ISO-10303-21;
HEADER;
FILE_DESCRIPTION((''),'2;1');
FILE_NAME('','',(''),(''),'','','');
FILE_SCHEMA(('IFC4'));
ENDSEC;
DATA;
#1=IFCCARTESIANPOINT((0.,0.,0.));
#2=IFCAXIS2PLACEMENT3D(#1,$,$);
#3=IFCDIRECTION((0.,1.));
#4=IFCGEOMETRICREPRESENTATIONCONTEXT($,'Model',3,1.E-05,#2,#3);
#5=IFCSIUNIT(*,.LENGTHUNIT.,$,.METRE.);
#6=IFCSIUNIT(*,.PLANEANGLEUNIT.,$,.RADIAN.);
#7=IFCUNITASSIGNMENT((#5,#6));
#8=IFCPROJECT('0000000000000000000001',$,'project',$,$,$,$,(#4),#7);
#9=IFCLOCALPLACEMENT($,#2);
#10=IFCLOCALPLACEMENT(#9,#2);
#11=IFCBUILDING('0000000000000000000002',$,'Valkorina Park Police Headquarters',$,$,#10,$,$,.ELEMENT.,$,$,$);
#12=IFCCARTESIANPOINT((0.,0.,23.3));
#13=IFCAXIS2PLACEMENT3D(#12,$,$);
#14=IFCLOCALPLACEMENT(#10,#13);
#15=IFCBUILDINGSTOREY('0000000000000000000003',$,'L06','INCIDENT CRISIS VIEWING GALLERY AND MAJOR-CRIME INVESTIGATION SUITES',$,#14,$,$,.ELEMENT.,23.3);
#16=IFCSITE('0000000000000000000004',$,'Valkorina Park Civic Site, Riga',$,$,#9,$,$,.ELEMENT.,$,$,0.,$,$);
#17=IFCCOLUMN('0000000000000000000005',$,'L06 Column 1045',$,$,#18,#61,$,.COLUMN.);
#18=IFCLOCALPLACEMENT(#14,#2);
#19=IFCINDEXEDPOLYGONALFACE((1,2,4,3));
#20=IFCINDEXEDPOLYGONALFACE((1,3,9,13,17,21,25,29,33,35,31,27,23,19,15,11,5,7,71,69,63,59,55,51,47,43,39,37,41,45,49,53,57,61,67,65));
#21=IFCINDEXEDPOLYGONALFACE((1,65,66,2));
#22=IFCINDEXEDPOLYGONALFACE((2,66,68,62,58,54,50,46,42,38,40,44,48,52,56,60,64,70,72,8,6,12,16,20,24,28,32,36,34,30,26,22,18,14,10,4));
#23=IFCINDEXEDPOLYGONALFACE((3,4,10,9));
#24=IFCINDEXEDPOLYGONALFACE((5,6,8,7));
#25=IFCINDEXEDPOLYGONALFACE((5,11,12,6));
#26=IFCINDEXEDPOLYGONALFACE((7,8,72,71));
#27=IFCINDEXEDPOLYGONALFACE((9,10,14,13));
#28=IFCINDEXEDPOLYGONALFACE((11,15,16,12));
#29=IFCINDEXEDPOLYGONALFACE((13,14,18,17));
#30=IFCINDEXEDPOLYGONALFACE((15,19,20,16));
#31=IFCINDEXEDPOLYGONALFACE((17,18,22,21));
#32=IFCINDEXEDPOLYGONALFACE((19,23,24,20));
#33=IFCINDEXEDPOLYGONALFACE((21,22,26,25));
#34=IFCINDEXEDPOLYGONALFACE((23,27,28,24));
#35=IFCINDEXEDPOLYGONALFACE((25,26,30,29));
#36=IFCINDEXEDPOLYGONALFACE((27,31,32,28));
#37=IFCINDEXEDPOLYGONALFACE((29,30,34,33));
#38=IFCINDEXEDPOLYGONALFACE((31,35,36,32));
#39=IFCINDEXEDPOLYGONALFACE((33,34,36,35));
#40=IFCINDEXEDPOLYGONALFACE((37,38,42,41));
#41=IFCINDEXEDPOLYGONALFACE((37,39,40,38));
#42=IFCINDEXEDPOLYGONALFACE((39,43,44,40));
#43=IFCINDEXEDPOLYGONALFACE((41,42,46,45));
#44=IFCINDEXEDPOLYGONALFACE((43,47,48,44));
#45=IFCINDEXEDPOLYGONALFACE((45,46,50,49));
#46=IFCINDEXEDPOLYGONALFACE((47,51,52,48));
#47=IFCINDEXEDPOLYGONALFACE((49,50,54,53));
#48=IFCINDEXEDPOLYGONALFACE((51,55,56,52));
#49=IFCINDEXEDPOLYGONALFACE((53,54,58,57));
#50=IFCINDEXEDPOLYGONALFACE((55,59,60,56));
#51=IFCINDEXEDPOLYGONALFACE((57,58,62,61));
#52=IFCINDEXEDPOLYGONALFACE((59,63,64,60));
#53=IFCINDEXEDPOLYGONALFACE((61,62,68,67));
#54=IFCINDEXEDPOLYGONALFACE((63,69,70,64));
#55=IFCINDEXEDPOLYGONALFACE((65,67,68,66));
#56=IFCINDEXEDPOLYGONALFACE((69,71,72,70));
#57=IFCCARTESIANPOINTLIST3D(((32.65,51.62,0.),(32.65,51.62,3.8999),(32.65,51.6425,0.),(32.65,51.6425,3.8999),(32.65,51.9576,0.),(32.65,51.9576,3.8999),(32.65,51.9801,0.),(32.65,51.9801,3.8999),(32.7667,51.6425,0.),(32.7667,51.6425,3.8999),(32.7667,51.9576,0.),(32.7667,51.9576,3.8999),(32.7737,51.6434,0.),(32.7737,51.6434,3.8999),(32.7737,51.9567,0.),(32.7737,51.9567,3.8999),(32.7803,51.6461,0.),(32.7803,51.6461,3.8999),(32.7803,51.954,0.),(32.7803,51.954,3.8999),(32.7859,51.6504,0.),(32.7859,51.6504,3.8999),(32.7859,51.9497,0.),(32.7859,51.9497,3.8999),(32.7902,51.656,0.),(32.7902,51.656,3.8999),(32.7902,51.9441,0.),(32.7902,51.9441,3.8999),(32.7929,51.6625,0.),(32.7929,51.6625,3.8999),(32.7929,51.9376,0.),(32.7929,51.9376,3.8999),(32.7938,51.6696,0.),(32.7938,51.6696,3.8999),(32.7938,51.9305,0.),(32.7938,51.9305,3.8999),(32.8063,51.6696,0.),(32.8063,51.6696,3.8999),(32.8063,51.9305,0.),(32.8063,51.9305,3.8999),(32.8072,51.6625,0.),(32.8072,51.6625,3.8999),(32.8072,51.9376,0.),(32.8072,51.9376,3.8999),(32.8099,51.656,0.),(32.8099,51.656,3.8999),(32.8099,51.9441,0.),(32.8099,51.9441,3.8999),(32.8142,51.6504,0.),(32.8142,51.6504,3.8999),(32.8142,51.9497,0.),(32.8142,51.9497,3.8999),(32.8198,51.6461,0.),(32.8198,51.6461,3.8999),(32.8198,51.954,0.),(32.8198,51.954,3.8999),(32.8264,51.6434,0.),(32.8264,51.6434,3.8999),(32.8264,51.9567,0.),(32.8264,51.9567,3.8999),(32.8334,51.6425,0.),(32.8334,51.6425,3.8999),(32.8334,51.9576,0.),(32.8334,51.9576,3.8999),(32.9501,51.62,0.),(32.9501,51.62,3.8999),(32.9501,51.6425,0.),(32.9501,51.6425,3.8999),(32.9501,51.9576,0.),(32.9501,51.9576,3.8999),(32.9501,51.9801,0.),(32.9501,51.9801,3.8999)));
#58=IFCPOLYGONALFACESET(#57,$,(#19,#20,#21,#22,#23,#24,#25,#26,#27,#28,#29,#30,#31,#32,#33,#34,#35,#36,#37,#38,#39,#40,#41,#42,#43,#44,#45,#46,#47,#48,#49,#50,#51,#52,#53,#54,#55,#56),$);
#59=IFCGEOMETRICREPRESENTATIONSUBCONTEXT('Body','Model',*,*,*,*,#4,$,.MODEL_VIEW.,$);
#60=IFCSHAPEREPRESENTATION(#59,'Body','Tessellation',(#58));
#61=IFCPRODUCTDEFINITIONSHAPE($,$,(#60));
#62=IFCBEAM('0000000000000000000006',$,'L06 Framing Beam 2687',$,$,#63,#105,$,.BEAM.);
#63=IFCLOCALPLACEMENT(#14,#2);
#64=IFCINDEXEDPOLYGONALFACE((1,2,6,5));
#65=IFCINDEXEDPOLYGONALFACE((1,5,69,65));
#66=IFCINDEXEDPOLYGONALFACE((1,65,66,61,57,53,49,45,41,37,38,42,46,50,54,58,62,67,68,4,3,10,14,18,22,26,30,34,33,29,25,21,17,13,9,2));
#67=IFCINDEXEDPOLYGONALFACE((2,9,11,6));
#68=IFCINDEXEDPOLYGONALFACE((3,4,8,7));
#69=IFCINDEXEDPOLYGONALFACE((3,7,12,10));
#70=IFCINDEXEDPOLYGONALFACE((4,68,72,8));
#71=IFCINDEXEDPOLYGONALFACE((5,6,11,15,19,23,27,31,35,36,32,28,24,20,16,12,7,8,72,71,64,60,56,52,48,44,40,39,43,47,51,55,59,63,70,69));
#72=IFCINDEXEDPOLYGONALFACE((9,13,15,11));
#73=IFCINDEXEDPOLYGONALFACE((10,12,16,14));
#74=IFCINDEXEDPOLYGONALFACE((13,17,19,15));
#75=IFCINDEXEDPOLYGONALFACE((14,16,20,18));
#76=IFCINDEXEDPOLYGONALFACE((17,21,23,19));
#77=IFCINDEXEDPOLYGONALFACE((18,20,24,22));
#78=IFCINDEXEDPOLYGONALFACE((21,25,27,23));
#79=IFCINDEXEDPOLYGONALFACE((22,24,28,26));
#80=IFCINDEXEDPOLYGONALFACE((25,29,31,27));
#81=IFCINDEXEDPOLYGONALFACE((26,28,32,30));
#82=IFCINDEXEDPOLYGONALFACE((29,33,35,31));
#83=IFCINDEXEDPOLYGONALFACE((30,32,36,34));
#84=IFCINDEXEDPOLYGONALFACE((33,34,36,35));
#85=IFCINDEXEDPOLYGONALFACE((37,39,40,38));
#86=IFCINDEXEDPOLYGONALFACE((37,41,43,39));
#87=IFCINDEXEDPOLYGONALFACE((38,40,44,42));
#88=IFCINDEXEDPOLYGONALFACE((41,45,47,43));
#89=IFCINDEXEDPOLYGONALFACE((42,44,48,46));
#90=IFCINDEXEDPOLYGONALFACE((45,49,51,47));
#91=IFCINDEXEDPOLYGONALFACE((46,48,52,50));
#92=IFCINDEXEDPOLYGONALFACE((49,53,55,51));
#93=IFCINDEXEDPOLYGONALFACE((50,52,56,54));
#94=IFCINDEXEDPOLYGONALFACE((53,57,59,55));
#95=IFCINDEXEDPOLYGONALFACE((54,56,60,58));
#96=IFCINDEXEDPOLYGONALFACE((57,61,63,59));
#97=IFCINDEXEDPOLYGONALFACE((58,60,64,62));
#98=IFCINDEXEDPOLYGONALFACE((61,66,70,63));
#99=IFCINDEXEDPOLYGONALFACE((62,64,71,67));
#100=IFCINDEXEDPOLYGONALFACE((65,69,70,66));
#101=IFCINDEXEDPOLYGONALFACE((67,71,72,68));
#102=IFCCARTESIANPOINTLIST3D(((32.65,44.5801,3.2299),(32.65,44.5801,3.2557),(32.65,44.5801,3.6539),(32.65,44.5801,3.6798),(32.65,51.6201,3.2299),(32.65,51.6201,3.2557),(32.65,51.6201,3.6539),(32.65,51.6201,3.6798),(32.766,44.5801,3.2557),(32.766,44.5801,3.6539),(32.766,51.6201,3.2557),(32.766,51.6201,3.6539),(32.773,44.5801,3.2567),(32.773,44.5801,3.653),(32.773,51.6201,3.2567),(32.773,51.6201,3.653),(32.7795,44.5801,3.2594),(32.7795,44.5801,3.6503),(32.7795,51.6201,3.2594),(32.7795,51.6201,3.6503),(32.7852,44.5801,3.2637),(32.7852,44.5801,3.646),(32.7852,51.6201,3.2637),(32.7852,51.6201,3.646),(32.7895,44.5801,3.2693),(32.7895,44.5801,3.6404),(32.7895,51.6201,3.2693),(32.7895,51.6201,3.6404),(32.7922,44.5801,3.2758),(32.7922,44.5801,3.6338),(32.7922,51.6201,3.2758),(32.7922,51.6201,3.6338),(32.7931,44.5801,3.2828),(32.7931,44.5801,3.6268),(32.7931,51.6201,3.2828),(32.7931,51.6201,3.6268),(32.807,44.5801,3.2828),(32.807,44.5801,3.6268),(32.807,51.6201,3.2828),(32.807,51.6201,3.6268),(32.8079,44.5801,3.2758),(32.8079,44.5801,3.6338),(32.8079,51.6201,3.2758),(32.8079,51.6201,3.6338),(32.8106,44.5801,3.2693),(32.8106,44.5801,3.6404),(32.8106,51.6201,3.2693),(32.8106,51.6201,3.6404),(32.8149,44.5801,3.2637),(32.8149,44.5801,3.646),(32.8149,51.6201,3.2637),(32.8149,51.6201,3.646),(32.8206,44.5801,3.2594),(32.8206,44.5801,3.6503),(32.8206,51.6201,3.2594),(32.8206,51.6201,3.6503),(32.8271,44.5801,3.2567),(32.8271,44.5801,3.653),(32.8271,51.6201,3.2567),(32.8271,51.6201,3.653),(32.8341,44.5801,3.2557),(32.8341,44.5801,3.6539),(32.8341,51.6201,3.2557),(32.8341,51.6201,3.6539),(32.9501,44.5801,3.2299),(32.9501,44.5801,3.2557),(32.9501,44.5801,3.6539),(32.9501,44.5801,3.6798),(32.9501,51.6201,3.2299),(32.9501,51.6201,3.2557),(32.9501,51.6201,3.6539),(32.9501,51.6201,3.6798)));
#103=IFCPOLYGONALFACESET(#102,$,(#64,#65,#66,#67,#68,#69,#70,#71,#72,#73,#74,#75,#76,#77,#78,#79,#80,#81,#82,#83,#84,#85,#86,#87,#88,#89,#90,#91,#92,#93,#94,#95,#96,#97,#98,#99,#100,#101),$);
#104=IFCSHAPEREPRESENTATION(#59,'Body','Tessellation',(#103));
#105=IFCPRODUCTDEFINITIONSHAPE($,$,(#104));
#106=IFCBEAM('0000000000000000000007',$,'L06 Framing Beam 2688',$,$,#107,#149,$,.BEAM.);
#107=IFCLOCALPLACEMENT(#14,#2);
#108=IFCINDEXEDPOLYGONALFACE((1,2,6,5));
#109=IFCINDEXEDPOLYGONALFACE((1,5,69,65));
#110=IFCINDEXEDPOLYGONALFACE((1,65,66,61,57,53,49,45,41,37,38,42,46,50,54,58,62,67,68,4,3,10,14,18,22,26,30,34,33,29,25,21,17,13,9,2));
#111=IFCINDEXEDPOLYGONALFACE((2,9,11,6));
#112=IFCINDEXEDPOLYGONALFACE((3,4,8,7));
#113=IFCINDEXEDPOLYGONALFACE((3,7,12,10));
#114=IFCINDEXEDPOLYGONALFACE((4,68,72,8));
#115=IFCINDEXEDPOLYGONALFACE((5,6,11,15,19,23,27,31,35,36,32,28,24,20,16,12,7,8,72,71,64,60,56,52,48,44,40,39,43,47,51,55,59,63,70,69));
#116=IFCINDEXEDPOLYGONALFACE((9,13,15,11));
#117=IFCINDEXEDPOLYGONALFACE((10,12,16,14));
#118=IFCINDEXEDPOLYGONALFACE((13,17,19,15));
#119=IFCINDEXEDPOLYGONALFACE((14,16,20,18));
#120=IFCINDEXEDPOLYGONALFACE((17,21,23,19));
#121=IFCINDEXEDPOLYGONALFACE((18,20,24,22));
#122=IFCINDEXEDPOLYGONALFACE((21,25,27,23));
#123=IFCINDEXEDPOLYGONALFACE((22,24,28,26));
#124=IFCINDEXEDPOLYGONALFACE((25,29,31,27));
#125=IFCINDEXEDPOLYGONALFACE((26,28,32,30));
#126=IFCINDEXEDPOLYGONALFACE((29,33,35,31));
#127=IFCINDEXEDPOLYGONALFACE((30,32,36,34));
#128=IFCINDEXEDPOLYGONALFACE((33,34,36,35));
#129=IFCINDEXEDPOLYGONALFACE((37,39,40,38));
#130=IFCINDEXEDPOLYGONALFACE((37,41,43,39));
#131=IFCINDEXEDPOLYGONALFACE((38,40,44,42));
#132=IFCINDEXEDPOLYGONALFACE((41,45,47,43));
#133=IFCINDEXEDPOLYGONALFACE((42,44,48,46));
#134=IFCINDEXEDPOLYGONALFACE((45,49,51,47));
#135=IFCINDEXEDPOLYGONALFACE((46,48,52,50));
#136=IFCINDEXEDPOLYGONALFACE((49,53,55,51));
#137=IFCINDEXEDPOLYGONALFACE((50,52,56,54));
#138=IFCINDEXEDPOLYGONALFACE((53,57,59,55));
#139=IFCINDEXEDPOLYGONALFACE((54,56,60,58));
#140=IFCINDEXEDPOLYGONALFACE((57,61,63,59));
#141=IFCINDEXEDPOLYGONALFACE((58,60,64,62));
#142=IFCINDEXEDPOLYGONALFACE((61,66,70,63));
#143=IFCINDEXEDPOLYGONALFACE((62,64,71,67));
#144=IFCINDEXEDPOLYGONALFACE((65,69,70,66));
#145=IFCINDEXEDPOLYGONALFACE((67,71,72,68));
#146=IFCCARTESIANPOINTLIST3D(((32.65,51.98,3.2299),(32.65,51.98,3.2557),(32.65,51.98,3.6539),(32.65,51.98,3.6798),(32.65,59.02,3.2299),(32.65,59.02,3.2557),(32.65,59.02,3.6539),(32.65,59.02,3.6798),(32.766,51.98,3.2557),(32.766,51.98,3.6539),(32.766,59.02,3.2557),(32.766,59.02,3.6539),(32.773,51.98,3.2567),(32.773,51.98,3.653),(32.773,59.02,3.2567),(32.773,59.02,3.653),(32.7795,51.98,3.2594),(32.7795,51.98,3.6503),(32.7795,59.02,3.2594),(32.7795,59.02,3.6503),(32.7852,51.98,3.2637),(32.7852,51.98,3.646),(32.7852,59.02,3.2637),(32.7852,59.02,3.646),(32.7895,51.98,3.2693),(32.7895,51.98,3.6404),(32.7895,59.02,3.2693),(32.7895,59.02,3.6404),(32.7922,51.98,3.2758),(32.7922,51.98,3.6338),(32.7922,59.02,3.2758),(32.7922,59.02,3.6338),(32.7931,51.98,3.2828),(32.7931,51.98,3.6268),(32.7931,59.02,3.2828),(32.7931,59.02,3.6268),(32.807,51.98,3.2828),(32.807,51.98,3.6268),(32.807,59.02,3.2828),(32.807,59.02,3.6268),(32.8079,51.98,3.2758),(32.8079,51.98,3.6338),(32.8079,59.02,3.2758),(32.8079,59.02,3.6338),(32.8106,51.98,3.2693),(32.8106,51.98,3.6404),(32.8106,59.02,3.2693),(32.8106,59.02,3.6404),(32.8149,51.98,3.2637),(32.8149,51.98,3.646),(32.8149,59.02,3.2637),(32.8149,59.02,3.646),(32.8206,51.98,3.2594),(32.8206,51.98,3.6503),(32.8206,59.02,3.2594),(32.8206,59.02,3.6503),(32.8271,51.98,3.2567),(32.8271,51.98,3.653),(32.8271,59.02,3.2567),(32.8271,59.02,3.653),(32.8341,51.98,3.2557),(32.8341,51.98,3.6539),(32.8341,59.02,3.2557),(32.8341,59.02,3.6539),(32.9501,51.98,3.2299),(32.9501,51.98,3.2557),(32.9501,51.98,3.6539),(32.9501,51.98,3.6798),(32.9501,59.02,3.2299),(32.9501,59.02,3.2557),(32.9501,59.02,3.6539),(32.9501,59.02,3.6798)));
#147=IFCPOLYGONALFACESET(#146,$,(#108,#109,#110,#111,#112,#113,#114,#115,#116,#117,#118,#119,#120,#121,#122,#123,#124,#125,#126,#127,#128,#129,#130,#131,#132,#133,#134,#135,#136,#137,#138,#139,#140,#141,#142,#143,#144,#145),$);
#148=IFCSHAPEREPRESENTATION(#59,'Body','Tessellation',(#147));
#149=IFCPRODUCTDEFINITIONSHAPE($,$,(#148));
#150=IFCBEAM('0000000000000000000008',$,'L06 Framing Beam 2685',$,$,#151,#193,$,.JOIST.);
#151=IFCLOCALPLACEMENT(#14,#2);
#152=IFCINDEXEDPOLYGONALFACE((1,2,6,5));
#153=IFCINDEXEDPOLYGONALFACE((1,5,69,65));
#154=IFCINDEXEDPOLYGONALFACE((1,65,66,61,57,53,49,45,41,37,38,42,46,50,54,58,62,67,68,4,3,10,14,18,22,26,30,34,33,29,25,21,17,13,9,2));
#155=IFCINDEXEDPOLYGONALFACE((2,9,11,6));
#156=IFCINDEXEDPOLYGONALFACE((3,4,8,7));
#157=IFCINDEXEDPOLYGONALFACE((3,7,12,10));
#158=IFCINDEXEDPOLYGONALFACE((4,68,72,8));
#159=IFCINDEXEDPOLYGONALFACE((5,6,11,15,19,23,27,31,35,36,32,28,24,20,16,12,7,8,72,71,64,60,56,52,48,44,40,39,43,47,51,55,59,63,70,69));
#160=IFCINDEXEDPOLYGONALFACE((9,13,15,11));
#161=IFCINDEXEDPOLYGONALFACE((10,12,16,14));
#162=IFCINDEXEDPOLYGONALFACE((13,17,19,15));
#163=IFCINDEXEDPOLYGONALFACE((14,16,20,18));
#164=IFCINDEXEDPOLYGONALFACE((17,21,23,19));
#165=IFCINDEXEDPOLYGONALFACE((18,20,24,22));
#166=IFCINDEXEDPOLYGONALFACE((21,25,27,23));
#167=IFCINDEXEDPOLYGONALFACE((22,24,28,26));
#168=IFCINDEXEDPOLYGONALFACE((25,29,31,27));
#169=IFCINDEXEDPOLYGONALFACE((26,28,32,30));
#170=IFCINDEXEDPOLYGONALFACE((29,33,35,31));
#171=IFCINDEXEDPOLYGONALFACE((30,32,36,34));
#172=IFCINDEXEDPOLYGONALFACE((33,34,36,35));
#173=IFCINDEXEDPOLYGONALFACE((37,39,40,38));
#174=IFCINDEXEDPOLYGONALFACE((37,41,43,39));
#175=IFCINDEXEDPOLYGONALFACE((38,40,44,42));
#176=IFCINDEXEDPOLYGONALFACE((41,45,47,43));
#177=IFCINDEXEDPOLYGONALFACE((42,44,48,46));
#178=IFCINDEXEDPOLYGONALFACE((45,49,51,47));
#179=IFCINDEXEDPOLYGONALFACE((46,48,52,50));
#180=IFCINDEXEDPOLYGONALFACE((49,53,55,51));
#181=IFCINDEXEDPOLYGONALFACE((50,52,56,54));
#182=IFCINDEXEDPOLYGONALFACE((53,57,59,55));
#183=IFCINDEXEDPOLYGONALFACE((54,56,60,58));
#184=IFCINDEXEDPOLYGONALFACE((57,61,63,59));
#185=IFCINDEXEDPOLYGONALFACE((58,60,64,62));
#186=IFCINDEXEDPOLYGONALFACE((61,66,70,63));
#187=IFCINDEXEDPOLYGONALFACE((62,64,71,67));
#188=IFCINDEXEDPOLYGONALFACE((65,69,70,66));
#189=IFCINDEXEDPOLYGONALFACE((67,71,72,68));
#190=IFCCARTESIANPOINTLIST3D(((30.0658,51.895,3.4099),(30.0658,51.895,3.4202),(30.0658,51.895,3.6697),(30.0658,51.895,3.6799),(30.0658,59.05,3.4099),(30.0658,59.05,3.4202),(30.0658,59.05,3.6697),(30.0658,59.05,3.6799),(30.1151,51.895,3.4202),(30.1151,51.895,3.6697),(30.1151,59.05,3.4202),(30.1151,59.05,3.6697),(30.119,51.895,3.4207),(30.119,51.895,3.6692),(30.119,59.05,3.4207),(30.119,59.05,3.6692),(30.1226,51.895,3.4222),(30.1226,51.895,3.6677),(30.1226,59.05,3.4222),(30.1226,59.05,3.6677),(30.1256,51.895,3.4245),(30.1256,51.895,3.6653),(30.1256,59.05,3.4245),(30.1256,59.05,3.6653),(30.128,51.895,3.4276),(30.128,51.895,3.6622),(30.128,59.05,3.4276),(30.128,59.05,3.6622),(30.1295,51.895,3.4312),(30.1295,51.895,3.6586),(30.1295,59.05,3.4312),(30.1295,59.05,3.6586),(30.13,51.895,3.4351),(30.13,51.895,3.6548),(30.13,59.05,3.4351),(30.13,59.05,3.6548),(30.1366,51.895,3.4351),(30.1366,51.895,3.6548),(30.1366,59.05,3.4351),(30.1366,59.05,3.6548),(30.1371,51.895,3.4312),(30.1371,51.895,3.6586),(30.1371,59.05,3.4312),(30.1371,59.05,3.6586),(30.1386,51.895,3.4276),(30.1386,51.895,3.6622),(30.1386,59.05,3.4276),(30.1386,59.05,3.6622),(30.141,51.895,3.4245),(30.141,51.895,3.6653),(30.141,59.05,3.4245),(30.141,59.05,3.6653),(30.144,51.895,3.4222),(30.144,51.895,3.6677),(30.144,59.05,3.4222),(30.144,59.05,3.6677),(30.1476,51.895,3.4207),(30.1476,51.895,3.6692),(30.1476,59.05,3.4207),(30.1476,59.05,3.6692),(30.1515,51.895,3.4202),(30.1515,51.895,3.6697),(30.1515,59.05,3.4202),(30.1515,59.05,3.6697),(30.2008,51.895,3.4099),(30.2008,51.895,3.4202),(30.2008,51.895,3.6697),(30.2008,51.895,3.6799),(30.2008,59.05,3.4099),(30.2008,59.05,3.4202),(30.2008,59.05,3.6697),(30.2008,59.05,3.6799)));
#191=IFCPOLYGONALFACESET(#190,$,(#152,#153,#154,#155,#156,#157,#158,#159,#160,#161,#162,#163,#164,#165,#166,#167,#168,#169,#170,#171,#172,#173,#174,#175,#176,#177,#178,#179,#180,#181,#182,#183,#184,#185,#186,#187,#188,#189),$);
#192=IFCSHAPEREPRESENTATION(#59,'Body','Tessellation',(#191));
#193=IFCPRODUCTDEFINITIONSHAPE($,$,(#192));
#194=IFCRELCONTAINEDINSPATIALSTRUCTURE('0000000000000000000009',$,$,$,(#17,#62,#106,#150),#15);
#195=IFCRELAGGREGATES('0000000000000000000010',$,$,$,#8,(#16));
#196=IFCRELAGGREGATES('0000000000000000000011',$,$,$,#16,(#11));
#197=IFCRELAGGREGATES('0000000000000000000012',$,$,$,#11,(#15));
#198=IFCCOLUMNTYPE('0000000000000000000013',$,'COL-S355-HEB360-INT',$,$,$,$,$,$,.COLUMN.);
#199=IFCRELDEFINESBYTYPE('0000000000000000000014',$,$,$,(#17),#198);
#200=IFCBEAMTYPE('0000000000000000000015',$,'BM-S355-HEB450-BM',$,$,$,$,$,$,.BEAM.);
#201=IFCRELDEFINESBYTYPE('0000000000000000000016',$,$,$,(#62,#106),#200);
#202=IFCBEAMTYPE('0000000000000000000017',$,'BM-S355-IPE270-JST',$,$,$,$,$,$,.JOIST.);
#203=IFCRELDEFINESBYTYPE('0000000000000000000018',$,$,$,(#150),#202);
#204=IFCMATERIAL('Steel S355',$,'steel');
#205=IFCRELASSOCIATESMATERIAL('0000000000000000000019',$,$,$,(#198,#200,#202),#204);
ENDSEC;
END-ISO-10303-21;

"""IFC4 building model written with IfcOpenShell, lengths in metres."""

from ifc_helpers import new_model, si_unit, direction, frame, origin, origin_2d, place, context, subcontext, project, spatial, i_section, extrude, material, material_profile, profile_set, type_object, element, save


model = new_model("IFC4")

# Units and contexts
model_context = context("Model", 3, precision=1e-05, world=origin(), true_north=direction((0.0, 1.0)))
body_context = subcontext(model_context, "Body", "Model", "MODEL_VIEW")
ifc_project = project(units=[si_unit("LENGTHUNIT", "METRE"), si_unit("PLANEANGLEUNIT", "RADIAN")], contexts=[model_context])

# Site, building, storey
site_placement = place(None, origin())
site = spatial("IfcSite", under=ifc_project, at=site_placement, Name="Valkorina Park Civic Site, Riga", CompositionType="ELEMENT", RefElevation=0.0)
building_placement = place(site_placement, origin())
building = spatial("IfcBuilding", under=site, at=building_placement, Name="Valkorina Park Police Headquarters", CompositionType="ELEMENT")
storey_placement = place(building_placement, frame((0.0, 0.0, 23.3)))
storey = spatial("IfcBuildingStorey", under=building, at=storey_placement, Name="L06", Description="INCIDENT CRISIS VIEWING GALLERY AND MAJOR-CRIME INVESTIGATION SUITES", CompositionType="ELEMENT", Elevation=23.3)

# Column
ifc_material_1 = material(Name="Steel S355", Category="steel")
ifc_material_profile_1 = material_profile(ifc_material_1, i_section(OverallWidth=0.3, OverallDepth=0.3601, WebThickness=0.0125, FlangeThickness=0.0225, FilletRadius=0.0271, at=origin_2d()), Name="HEB 360")
ifc_profile_set_1 = profile_set([ifc_material_profile_1], Name="Steel S355")
column_type = type_object("IfcColumnType", Name="COL-S355-HEB360-INT", PredefinedType="COLUMN", material=ifc_profile_set_1)
column_placement = place(storey_placement, frame((32.8, 51.8, 0.0), z_axis=(0.0, 0.0, 1.0), x_axis=(1.0, 0.0, 0.0)))
element("IfcColumn", 1, at=column_placement, inside=storey, type_object=column_type, Name="L06 Column 1045", PredefinedType="COLUMN", context=body_context, shape_type="SweptSolid", body=[
    extrude(i_section(OverallWidth=0.3, OverallDepth=0.3601, WebThickness=0.0125, FlangeThickness=0.0225, FilletRadius=0.0271, at=origin_2d()), origin(), (0.0, 0.0, 1.0), 3.8999),
])

# Beams
ifc_material_profile_2 = material_profile(ifc_material_1, i_section(OverallWidth=0.3, OverallDepth=0.45, WebThickness=0.0139, FlangeThickness=0.0259, FilletRadius=0.0271, at=origin_2d()), Name="HEB 450")
ifc_profile_set_2 = profile_set([ifc_material_profile_2], Name="Steel S355")
beam_type_1 = type_object("IfcBeamType", Name="BM-S355-HEB450-BM", PredefinedType="BEAM", material=ifc_profile_set_2)
for number, where, z_axis, x_axis, name in (
    (2, (32.8, 44.5801, 3.4548), (0.0, 1.0, 0.0), (-1.0, 0.0, 0.0), "L06 Framing Beam 2687"),
    (3, (32.8, 51.98, 3.4548), (0.0, 1.0, 0.0), (-1.0, 0.0, 0.0), "L06 Framing Beam 2688"),
):
    element("IfcBeam", number, at=place(storey_placement, frame(where, z_axis=z_axis, x_axis=x_axis)), inside=storey, type_object=beam_type_1, Name=name, PredefinedType="BEAM", context=body_context, shape_type="SweptSolid", body=[
        extrude(i_section(OverallWidth=0.3, OverallDepth=0.45, WebThickness=0.0139, FlangeThickness=0.0259, FilletRadius=0.0271, at=origin_2d()), origin(), (0.0, 0.0, 1.0), 7.04),
    ])
ifc_material_profile_3 = material_profile(ifc_material_1, i_section(OverallWidth=0.135, OverallDepth=0.27, WebThickness=0.0066, FlangeThickness=0.0103, FilletRadius=0.0149, at=origin_2d()), Name="IPE 270")
ifc_profile_set_3 = profile_set([ifc_material_profile_3], Name="Steel S355")
beam_type_2 = type_object("IfcBeamType", Name="BM-S355-IPE270-JST", PredefinedType="JOIST", material=ifc_profile_set_3)
beam_placement = place(storey_placement, frame((30.1333, 51.895, 3.5449), z_axis=(0.0, 1.0, 0.0), x_axis=(-1.0, 0.0, 0.0)))
element("IfcBeam", 4, at=beam_placement, inside=storey, type_object=beam_type_2, Name="L06 Framing Beam 2685", PredefinedType="JOIST", context=body_context, shape_type="SweptSolid", body=[
    extrude(i_section(OverallWidth=0.135, OverallDepth=0.27, WebThickness=0.0066, FlangeThickness=0.0103, FilletRadius=0.0149, at=origin_2d()), origin(), (0.0, 0.0, 1.0), 7.155),
])

save(model, "model.ifc")
